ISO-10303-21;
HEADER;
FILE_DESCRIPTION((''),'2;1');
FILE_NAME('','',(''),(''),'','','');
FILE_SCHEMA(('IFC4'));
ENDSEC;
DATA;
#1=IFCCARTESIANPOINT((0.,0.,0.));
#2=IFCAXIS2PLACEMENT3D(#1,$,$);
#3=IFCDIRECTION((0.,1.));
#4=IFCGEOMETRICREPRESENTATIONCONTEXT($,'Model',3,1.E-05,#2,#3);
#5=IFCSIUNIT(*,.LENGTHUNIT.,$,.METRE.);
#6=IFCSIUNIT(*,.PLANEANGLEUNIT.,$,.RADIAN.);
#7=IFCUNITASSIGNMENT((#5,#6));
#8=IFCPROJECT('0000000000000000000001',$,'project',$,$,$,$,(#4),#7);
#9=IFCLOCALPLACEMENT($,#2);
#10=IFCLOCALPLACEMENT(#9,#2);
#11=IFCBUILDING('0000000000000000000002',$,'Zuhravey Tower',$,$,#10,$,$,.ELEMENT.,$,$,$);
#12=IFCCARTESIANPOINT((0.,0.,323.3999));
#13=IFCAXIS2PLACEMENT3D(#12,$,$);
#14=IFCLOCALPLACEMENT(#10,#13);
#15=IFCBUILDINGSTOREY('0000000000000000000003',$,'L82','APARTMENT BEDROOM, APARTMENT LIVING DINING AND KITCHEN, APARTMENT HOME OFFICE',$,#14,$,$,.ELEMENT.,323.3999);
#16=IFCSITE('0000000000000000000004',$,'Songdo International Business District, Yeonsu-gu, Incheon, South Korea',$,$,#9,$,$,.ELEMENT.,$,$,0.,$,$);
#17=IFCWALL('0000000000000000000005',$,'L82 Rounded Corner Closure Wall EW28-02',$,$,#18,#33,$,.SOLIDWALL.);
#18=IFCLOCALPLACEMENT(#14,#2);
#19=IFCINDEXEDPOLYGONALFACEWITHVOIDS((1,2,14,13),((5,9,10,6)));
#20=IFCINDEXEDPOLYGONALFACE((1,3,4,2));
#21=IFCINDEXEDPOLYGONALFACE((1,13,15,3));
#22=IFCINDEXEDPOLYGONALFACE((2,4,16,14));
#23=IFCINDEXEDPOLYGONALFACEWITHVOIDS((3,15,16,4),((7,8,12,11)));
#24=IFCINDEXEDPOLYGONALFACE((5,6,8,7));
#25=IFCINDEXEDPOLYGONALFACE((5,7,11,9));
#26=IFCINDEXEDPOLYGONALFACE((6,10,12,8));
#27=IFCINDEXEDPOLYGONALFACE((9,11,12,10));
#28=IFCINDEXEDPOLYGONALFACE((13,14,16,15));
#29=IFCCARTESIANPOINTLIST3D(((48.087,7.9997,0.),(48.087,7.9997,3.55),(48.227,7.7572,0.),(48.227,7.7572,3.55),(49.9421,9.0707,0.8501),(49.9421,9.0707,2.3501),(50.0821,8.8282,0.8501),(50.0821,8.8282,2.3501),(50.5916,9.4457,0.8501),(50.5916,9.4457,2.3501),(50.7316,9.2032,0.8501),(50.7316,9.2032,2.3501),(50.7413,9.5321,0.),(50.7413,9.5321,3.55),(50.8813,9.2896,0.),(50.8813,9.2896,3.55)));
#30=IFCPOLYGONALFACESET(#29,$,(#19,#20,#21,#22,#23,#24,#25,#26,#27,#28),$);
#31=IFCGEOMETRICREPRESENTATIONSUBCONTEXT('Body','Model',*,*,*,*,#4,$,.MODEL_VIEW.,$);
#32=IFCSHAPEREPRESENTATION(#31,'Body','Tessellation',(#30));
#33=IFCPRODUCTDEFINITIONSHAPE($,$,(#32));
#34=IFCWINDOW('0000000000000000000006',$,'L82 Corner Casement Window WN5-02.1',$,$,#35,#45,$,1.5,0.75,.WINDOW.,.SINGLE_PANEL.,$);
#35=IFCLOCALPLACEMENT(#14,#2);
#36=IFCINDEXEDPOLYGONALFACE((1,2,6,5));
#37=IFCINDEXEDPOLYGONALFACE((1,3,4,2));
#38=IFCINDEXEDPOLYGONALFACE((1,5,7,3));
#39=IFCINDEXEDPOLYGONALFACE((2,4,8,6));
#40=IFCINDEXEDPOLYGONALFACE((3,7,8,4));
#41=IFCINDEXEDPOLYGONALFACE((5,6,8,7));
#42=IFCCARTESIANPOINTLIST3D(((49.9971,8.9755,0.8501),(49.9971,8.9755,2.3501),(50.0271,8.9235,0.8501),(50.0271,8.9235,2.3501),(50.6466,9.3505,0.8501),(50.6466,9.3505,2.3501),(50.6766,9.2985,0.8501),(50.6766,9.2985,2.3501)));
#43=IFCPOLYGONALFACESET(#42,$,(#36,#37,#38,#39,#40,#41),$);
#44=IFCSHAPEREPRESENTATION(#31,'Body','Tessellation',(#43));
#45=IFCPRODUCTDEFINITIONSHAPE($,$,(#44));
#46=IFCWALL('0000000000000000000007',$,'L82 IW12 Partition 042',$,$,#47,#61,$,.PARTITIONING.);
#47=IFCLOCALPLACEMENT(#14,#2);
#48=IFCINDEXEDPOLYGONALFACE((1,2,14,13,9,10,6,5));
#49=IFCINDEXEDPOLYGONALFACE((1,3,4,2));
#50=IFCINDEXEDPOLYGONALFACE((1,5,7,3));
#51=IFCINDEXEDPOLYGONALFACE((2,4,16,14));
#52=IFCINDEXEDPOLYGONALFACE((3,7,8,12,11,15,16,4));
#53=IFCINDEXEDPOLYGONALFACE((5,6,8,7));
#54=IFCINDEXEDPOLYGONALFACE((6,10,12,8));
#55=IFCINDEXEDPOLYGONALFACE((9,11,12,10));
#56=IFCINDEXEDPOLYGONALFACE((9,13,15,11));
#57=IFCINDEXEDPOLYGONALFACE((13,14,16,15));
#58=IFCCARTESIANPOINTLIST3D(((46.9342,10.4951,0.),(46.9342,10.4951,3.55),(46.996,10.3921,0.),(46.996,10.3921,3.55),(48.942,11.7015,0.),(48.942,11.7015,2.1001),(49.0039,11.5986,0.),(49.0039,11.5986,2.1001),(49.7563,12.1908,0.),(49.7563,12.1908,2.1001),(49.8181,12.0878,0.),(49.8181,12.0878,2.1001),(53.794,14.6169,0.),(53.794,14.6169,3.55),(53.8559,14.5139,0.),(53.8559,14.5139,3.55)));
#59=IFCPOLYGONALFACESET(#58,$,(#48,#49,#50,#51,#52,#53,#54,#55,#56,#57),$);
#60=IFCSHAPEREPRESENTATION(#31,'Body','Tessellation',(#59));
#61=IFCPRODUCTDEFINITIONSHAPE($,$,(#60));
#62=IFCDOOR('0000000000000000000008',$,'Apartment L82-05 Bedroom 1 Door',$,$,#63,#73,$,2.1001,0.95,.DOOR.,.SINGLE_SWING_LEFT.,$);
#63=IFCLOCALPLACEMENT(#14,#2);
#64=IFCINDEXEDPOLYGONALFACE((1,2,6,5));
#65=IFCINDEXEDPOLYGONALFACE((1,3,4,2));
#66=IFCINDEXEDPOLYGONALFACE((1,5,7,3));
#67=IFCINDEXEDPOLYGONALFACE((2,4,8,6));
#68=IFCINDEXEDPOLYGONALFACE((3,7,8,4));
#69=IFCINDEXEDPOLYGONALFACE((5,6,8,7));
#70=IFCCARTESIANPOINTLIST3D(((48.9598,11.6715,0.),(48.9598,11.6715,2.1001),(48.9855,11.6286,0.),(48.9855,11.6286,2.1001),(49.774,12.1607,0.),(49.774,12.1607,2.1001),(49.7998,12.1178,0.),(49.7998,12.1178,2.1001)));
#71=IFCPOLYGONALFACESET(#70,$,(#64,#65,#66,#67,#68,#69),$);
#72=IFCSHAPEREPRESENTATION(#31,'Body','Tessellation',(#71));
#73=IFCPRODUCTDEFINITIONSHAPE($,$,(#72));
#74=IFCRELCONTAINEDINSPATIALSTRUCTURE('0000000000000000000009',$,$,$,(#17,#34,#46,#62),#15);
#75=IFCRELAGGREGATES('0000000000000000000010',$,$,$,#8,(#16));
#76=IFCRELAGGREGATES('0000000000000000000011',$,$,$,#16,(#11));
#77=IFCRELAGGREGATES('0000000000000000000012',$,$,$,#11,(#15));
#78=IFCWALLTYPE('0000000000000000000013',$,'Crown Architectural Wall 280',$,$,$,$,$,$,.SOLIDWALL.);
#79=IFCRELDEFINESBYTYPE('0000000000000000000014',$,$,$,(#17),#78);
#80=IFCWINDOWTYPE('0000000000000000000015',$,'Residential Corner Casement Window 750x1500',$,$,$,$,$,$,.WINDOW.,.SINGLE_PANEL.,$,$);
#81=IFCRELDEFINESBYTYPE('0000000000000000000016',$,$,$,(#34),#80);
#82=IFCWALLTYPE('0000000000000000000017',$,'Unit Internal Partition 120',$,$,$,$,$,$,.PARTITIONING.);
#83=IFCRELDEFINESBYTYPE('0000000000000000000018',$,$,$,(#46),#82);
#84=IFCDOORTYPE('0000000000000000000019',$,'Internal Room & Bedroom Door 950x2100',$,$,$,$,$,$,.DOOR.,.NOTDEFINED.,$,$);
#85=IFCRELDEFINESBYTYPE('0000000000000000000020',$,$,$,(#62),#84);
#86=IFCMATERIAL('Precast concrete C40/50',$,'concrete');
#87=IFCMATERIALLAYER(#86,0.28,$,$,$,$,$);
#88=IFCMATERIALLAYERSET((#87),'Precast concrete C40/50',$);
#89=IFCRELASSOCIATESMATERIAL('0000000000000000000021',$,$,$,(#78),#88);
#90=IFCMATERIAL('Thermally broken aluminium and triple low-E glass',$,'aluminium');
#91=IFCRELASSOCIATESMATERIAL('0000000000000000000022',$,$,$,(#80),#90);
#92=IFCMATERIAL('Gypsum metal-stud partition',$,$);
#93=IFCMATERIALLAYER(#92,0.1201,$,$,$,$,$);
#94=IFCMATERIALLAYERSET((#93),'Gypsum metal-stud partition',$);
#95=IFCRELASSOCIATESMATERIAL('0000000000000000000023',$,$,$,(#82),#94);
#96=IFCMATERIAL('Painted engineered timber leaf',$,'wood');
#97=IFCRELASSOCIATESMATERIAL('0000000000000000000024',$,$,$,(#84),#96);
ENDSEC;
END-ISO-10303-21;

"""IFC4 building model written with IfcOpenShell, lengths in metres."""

from ifc_helpers import new_model, si_unit, direction, frame, frame_2d, origin, place, context, subcontext, project, spatial, rectangle, extrude, material, layer, layer_set, type_object, element, fill, save


model = new_model("IFC4")

# Units and contexts
model_context = context("Model", 3, precision=1e-05, world=origin(), true_north=direction((0.0, 1.0)))
body_context = subcontext(model_context, "Body", "Model", "MODEL_VIEW")
ifc_project = project(units=[si_unit("LENGTHUNIT", "METRE"), si_unit("PLANEANGLEUNIT", "RADIAN")], contexts=[model_context])

# Site, building, storey
site_placement = place(None, origin())
site = spatial("IfcSite", under=ifc_project, at=site_placement, Name="Songdo International Business District, Yeonsu-gu, Incheon, South Korea", CompositionType="ELEMENT", RefElevation=0.0)
building_placement = place(site_placement, origin())
building = spatial("IfcBuilding", under=site, at=building_placement, Name="Zuhravey Tower", CompositionType="ELEMENT")
storey_placement = place(building_placement, frame((0.0, 0.0, 323.3999)))
storey = spatial("IfcBuildingStorey", under=building, at=storey_placement, Name="L82", Description="APARTMENT BEDROOM, APARTMENT LIVING DINING AND KITCHEN, APARTMENT HOME OFFICE", CompositionType="ELEMENT", Elevation=323.3999)

# Wall, opening, window
ifc_material_1 = material(Name="Precast concrete C40/50", Category="concrete")
ifc_layer_1 = layer(ifc_material_1, 0.28)
ifc_layer_set_1 = layer_set([ifc_layer_1], Name="Precast concrete C40/50")
wall_type_1 = type_object("IfcWallType", Name="Crown Architectural Wall 280", PredefinedType="SOLIDWALL", material=ifc_layer_set_1)
wall_1_placement = place(storey_placement, frame((50.8113, 9.4109, 0.0), z_axis=(0.0, 0.0, 1.0), x_axis=(-0.866024, -0.500003, 0.0)))
wall_1 = element("IfcWall", 1, at=wall_1_placement, inside=storey, type_object=wall_type_1, Name="L82 Rounded Corner Closure Wall EW28-02", PredefinedType="SOLIDWALL", context=body_context, shape_type="SweptSolid", body=[
    extrude(rectangle(XDim=3.0649, YDim=0.28, at=frame_2d((1.5325, 0.0))), origin(), (0.0, 0.0, 1.0), 3.55),
])
opening_1_placement = place(wall_1_placement, frame((0.1729, 0.0, 0.8501)))
opening_1 = element("IfcOpeningElement", 2, at=opening_1_placement, cuts=wall_1, PredefinedType="OPENING", context=body_context, shape_type="SweptSolid", body=[
    extrude(rectangle(XDim=0.75, YDim=1.5, at=frame_2d((0.375, 0.75))), frame((0.0, 0.1521, 0.0), z_axis=(0.0, -1.0, 0.0), x_axis=(1.0, 0.0, 0.0)), (0.0, 0.0, 1.0), 0.304),
])
ifc_material_2 = material(Name="Thermally broken aluminium and triple low-E glass", Category="aluminium")
window_type = type_object("IfcWindowType", Name="Residential Corner Casement Window 750x1500", PartitioningType="SINGLE_PANEL", PredefinedType="WINDOW", material=ifc_material_2)
window_placement = place(opening_1_placement, origin())
window = element("IfcWindow", 3, at=window_placement, inside=storey, type_object=window_type, Name="L82 Corner Casement Window WN5-02.1", OverallHeight=1.5, OverallWidth=0.75, PartitioningType="SINGLE_PANEL", PredefinedType="WINDOW", context=body_context, shape_type="SweptSolid", body=[
    extrude(rectangle(XDim=0.75, YDim=1.5, at=frame_2d((0.375, 0.75))), frame((0.0, 0.03, 0.0), z_axis=(0.0, -1.0, 0.0), x_axis=(1.0, 0.0, 0.0)), (0.0, 0.0, 1.0), 0.0601),
])
fill(opening_1, window)

# Wall, opening, door
ifc_material_3 = material(Name="Gypsum metal-stud partition")
ifc_layer_2 = layer(ifc_material_3, 0.1201)
ifc_layer_set_2 = layer_set([ifc_layer_2], Name="Gypsum metal-stud partition")
wall_type_2 = type_object("IfcWallType", Name="Unit Internal Partition 120", PredefinedType="PARTITIONING", material=ifc_layer_set_2)
wall_2_placement = place(storey_placement, frame((46.9651, 10.4436, 0.0), z_axis=(0.0, 0.0, 1.0), x_axis=(0.857167, 0.515038, 0.0)))
wall_2 = element("IfcWall", 4, at=wall_2_placement, inside=storey, type_object=wall_type_2, Name="L82 IW12 Partition 042", PredefinedType="PARTITIONING", context=body_context, shape_type="SweptSolid", body=[
    extrude(rectangle(XDim=8.0029, YDim=0.1201, at=frame_2d((4.0015, 0.0))), origin(), (0.0, 0.0, 1.0), 3.55),
])
opening_2_placement = place(wall_2_placement, frame((2.3423, 0.0, 0.0)))
opening_2 = element("IfcOpeningElement", 5, at=opening_2_placement, cuts=wall_2, PredefinedType="OPENING", context=body_context, shape_type="SweptSolid", body=[
    extrude(rectangle(XDim=0.95, YDim=2.1001, at=frame_2d((0.4751, 1.05))), frame((0.0, 0.072, 0.0), z_axis=(0.0, -1.0, 0.0), x_axis=(1.0, 0.0, 0.0)), (0.0, 0.0, 1.0), 0.144),
])
ifc_material_4 = material(Name="Painted engineered timber leaf", Category="wood")
door_type = type_object("IfcDoorType", Name="Internal Room & Bedroom Door 950x2100", OperationType="NOTDEFINED", PredefinedType="DOOR", material=ifc_material_4)
door_placement = place(opening_2_placement, frame((0.95, 0.0, 0.0), z_axis=(0.0, 0.0, 1.0), x_axis=(-1.0, 0.0, 0.0)))
door = element("IfcDoor", 6, at=door_placement, inside=storey, type_object=door_type, Name="Apartment L82-05 Bedroom 1 Door", OperationType="SINGLE_SWING_LEFT", OverallHeight=2.1001, OverallWidth=0.95, PredefinedType="DOOR", context=body_context, shape_type="SweptSolid", body=[
    extrude(rectangle(XDim=0.95, YDim=2.1001, at=frame_2d((0.4751, 1.05))), frame((0.0, 0.0249, 0.0), z_axis=(0.0, -1.0, 0.0), x_axis=(1.0, 0.0, 0.0)), (0.0, 0.0, 1.0), 0.05),
])
fill(opening_2, door)

save(model, "model.ifc")
